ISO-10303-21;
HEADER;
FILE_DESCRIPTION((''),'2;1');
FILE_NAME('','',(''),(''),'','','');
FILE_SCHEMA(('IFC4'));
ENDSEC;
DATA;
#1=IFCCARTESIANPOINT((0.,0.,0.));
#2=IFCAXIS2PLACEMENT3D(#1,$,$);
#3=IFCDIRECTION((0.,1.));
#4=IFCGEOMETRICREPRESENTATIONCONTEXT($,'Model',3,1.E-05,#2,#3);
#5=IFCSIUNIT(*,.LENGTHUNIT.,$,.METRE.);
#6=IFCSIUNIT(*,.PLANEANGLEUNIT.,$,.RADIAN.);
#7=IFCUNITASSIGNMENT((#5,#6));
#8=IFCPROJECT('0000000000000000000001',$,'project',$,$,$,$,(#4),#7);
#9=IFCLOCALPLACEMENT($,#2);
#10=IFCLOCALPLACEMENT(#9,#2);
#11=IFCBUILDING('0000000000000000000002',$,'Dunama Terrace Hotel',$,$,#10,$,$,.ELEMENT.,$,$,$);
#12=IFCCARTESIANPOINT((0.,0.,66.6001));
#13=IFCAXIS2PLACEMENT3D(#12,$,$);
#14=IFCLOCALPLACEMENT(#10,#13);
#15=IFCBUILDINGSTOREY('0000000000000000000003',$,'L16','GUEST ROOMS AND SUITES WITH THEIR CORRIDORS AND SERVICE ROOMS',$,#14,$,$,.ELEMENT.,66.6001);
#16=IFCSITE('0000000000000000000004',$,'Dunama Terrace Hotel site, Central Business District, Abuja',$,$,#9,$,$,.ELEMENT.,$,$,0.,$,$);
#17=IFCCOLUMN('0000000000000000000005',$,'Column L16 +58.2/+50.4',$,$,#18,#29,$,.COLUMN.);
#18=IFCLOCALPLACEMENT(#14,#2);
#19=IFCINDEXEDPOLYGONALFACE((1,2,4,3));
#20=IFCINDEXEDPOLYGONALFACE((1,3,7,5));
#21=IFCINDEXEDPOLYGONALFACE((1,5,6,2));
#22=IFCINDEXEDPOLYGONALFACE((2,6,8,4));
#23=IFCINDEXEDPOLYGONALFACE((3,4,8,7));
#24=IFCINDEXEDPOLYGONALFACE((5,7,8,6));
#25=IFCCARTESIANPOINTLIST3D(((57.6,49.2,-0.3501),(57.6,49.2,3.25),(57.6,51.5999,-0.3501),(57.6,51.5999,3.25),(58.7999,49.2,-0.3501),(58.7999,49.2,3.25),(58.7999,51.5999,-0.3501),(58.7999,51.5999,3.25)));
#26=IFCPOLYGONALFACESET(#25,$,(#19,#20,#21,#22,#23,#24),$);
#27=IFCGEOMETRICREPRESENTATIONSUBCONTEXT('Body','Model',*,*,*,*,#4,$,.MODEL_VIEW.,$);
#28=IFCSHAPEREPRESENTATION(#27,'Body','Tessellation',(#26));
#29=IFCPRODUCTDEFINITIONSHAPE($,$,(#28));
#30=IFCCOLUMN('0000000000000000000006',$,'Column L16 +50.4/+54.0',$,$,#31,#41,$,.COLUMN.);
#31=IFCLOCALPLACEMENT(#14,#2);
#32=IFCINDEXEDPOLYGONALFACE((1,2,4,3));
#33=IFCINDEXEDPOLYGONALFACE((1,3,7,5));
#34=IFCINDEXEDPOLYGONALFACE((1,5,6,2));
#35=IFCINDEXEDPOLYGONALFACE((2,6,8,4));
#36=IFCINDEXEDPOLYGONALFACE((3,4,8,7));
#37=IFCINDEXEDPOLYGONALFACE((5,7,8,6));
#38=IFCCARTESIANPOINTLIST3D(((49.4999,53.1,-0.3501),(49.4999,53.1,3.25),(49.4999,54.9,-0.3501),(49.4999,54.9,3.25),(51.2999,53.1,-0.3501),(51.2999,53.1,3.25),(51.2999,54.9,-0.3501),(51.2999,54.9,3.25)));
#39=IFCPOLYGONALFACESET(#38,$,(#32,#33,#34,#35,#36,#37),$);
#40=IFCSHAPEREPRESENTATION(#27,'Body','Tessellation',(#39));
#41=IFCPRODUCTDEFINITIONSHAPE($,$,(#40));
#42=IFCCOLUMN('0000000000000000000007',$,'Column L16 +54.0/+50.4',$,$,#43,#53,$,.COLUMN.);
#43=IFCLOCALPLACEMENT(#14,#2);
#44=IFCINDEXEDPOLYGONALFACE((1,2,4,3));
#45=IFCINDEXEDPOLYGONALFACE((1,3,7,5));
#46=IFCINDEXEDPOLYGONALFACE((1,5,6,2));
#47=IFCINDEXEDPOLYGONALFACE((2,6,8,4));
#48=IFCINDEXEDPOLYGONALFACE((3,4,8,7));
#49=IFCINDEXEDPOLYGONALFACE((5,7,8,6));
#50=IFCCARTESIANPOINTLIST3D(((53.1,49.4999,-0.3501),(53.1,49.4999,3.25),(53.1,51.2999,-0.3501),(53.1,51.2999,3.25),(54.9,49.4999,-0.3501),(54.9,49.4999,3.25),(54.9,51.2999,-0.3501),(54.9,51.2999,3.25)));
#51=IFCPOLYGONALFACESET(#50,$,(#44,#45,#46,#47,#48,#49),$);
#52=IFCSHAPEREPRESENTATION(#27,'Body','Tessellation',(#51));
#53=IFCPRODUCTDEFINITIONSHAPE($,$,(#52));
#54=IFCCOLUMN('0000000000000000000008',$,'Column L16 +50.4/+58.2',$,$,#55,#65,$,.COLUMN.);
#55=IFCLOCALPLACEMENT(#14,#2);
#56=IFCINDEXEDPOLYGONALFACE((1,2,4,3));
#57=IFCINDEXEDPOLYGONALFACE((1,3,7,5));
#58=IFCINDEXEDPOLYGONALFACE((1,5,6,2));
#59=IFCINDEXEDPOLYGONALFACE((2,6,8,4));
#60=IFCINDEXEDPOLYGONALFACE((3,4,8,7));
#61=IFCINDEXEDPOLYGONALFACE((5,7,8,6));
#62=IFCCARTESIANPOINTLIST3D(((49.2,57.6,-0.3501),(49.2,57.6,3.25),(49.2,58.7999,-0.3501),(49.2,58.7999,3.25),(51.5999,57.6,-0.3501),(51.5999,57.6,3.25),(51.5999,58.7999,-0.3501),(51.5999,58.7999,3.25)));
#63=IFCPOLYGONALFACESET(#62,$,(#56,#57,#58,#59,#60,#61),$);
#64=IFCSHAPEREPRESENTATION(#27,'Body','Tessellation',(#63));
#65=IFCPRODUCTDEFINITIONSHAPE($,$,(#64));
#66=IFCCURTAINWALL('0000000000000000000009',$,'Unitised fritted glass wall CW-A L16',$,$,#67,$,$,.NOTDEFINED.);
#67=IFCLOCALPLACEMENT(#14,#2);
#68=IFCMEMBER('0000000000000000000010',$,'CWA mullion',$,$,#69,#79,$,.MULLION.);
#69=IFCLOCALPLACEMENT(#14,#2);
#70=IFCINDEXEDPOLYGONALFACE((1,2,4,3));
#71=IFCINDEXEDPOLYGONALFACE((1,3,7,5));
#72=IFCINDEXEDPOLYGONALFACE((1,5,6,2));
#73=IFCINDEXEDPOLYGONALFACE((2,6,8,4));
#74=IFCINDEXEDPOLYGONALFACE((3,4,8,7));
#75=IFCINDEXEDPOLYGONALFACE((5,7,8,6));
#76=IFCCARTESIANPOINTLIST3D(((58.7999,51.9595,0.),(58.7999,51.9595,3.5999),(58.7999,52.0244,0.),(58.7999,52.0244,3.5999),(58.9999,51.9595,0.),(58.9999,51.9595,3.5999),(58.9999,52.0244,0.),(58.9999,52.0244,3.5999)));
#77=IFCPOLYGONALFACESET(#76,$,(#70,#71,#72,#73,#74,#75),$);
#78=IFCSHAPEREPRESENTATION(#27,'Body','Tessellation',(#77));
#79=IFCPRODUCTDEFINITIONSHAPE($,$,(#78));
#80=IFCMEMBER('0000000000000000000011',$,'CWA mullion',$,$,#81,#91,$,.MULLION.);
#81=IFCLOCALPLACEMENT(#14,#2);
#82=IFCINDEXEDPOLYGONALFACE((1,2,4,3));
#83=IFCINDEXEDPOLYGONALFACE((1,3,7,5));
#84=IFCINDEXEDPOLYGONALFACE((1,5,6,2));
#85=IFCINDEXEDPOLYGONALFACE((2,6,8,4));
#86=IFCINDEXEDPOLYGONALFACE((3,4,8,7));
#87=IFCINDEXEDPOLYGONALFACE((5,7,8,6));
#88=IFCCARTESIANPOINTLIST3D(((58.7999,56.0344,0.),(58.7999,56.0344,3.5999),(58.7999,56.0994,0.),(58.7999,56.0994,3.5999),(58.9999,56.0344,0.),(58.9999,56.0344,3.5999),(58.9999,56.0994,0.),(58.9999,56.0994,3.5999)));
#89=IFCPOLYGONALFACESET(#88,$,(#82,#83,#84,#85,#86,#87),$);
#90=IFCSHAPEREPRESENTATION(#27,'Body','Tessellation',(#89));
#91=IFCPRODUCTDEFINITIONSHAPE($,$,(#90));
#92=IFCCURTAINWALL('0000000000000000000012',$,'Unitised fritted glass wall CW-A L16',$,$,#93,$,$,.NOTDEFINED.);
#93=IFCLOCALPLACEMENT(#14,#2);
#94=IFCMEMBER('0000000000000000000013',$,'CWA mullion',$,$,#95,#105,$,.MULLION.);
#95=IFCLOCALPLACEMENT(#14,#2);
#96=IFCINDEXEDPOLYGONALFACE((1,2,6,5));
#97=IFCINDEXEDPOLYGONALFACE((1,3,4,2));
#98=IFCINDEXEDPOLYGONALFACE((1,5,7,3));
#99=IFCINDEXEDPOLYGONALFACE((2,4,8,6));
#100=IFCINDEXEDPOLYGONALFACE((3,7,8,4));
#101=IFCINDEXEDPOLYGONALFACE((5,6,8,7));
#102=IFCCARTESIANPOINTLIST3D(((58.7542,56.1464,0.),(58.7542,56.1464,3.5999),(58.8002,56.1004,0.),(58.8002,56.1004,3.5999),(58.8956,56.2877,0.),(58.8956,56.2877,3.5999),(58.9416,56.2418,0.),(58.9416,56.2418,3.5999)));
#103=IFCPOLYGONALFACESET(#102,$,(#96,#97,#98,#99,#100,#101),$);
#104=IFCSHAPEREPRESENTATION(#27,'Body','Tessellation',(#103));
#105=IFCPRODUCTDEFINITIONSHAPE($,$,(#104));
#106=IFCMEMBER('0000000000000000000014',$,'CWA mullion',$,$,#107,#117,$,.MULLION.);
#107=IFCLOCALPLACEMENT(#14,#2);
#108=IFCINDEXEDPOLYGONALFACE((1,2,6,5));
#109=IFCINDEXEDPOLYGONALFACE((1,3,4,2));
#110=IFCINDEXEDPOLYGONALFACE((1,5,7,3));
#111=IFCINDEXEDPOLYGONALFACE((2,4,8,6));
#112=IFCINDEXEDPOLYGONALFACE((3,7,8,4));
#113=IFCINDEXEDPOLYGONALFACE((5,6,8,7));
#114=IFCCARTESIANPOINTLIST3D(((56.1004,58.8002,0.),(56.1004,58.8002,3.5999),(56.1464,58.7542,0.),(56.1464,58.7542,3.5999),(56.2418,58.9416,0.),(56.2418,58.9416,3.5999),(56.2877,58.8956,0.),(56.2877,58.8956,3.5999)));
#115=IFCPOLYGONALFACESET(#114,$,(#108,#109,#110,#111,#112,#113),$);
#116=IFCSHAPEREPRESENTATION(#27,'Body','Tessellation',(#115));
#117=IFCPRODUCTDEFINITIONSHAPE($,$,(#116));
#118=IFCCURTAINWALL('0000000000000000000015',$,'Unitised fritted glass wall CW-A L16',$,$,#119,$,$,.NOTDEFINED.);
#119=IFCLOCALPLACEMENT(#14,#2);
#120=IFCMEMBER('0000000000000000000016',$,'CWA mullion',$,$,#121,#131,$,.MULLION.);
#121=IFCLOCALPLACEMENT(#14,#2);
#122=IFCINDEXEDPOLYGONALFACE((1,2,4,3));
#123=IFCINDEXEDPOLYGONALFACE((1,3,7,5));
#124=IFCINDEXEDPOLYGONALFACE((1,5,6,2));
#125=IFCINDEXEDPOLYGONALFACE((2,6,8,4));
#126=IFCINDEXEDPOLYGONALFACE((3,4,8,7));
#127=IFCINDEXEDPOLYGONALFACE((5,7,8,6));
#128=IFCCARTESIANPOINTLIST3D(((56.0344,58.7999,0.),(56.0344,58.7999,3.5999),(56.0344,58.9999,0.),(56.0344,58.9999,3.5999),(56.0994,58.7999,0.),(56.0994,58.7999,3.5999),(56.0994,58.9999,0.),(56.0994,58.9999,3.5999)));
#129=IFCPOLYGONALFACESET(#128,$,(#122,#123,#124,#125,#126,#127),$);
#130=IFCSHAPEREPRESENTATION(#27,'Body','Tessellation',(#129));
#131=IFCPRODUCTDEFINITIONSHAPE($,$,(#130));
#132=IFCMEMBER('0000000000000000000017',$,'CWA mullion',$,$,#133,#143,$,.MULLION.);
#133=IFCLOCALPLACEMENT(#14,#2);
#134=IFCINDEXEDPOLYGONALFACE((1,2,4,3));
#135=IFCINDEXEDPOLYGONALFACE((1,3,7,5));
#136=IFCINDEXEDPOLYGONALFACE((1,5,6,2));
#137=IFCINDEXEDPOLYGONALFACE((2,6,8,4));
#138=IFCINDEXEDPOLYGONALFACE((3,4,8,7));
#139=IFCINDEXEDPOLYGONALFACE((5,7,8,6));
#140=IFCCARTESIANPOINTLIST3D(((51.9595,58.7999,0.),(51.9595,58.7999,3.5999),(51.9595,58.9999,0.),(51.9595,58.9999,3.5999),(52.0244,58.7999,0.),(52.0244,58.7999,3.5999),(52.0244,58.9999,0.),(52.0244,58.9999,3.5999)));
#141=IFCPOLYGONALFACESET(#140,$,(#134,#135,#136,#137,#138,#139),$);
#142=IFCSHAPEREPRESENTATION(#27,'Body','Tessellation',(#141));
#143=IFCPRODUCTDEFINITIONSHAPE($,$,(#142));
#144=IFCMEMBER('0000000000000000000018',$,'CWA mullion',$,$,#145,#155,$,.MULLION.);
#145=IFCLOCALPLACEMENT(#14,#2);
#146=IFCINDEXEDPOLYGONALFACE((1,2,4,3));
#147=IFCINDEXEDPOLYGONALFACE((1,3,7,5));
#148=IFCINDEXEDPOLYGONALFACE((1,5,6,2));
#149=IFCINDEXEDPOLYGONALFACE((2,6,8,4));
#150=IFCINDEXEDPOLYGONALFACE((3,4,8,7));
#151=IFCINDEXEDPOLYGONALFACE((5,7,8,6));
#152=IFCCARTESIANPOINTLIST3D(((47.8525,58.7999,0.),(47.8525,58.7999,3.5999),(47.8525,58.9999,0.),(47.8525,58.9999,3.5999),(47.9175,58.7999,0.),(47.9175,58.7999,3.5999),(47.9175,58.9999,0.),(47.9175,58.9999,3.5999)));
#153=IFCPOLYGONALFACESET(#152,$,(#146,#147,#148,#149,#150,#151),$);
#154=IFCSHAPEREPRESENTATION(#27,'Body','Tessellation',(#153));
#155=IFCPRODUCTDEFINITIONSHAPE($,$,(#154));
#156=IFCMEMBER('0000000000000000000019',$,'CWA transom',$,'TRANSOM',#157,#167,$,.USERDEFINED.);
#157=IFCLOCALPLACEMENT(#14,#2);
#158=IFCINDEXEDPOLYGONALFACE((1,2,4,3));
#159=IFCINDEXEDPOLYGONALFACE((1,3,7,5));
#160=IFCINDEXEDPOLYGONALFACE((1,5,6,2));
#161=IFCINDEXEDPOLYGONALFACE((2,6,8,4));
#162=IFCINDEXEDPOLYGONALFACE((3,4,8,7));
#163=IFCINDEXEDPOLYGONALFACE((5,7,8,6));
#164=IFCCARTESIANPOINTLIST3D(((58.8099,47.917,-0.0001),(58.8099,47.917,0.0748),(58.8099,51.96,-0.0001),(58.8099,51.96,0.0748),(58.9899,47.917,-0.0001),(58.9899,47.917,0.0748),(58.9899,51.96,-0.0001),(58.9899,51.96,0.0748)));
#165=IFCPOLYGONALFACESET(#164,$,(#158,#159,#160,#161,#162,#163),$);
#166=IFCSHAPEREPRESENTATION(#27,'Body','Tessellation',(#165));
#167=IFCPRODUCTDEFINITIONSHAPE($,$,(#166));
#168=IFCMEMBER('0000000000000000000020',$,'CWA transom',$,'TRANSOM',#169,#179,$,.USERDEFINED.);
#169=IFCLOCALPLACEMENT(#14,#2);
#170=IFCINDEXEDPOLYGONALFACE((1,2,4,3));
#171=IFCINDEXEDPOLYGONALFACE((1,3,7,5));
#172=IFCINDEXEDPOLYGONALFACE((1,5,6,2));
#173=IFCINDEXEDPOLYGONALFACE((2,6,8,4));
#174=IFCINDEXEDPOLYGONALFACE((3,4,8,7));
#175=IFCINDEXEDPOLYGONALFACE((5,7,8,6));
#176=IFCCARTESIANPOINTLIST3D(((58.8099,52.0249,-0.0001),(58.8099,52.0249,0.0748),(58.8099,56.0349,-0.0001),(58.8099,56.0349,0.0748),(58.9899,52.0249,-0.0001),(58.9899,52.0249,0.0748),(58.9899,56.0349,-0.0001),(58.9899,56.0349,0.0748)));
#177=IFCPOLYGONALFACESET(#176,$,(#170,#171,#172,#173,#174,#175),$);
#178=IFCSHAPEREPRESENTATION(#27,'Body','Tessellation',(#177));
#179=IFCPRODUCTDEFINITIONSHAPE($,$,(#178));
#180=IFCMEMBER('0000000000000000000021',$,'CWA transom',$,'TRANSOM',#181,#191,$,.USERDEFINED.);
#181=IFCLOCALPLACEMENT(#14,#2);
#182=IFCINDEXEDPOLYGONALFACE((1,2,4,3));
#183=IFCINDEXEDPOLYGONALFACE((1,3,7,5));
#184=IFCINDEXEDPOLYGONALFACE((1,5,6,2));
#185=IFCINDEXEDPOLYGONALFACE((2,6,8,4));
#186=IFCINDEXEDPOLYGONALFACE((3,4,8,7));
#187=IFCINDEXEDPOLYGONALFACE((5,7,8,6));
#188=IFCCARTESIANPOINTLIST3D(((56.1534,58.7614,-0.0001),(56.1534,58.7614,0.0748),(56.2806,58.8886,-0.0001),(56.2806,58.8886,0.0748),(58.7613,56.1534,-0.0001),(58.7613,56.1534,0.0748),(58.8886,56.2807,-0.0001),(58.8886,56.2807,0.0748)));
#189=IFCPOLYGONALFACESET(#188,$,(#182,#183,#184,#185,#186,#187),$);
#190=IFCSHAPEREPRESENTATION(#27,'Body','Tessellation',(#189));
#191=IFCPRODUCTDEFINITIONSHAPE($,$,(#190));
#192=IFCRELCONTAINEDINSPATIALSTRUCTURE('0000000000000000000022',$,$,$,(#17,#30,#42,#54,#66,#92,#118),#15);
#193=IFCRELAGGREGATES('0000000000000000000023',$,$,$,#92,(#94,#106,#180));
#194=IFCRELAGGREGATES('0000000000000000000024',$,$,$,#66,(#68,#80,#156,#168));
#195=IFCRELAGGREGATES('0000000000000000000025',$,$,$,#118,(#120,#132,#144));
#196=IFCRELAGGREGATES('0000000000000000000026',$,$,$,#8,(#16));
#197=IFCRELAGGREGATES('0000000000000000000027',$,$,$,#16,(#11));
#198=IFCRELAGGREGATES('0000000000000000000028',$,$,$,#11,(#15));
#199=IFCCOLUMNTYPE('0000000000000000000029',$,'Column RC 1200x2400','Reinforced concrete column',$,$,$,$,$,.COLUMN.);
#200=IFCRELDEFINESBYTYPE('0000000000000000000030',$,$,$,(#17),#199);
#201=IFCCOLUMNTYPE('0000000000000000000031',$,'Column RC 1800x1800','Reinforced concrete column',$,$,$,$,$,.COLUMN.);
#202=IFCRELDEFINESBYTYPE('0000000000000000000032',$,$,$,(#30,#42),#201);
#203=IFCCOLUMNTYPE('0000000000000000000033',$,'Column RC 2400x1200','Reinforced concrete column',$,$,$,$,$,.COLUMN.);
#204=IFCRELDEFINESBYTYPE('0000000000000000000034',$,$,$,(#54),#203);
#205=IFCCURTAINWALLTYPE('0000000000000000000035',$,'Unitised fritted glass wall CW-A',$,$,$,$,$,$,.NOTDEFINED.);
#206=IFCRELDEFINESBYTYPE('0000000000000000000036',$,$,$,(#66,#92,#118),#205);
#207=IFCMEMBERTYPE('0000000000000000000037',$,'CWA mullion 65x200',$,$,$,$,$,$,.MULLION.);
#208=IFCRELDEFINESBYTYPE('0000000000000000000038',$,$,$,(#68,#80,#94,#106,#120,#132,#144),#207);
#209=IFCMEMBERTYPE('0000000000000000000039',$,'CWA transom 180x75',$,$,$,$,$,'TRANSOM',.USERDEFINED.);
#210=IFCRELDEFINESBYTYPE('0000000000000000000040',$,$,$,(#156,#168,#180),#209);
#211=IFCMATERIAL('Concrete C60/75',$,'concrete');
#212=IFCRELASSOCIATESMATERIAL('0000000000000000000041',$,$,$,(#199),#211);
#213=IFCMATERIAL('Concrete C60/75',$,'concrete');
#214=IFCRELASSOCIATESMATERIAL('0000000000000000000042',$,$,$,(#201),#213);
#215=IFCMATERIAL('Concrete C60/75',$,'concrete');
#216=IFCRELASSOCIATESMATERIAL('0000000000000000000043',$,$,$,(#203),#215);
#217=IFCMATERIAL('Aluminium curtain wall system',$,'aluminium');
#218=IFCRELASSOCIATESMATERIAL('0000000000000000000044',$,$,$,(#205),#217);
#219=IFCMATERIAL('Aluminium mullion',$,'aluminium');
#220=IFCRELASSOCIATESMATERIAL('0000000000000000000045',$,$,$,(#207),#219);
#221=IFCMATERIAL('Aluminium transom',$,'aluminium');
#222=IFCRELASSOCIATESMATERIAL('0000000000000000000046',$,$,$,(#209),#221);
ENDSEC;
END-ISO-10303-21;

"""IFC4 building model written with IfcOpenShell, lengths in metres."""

from ifc_helpers import new_model, si_unit, direction, frame, origin, origin_2d, place, context, subcontext, project, spatial, rectangle, extrude, material, material_profile, profile_set, type_object, element, aggregate, save


model = new_model("IFC4")

# Units and contexts
model_context = context("Model", 3, precision=1e-05, world=origin(), true_north=direction((0.0, 1.0)))
body_context = subcontext(model_context, "Body", "Model", "MODEL_VIEW")
ifc_project = project(units=[si_unit("LENGTHUNIT", "METRE"), si_unit("PLANEANGLEUNIT", "RADIAN")], contexts=[model_context])

# Site, building, storey
site_placement = place(None, origin())
site = spatial("IfcSite", under=ifc_project, at=site_placement, Name="Dunama Terrace Hotel site, Central Business District, Abuja", CompositionType="ELEMENT", RefElevation=0.0)
building_placement = place(site_placement, origin())
building = spatial("IfcBuilding", under=site, at=building_placement, Name="Dunama Terrace Hotel", CompositionType="ELEMENT")
storey_placement = place(building_placement, frame((0.0, 0.0, 66.6001)))
storey = spatial("IfcBuildingStorey", under=building, at=storey_placement, Name="L16", Description="GUEST ROOMS AND SUITES WITH THEIR CORRIDORS AND SERVICE ROOMS", CompositionType="ELEMENT", Elevation=66.6001)

# Columns
ifc_material_1 = material(Name="Concrete C60/75", Category="concrete")
ifc_material_profile_1 = material_profile(ifc_material_1, rectangle(XDim=1.2, YDim=2.3999, at=origin_2d()), Name="RC 1200x2400")
ifc_profile_set_1 = profile_set([ifc_material_profile_1], Name="Concrete C60/75")
column_type_1 = type_object("IfcColumnType", Name="Column RC 1200x2400", Description="Reinforced concrete column", PredefinedType="COLUMN", material=ifc_profile_set_1)
column_1_placement = place(storey_placement, frame((58.2, 50.3999, -0.3501), z_axis=(0.0, 0.0, 1.0), x_axis=(1.0, 0.0, 0.0)))
element("IfcColumn", 1, at=column_1_placement, inside=storey, type_object=column_type_1, Name="Column L16 +58.2/+50.4", PredefinedType="COLUMN", context=body_context, shape_type="SweptSolid", body=[
    extrude(rectangle(XDim=1.2, YDim=2.3999, at=origin_2d()), origin(), (0.0, 0.0, 1.0), 3.6001),
])
ifc_material_2 = material(Name="Concrete C60/75", Category="concrete")
ifc_material_profile_2 = material_profile(ifc_material_2, rectangle(XDim=1.8, YDim=1.8, at=origin_2d()), Name="RC 1800x1800")
ifc_profile_set_2 = profile_set([ifc_material_profile_2], Name="Concrete C60/75")
column_type_2 = type_object("IfcColumnType", Name="Column RC 1800x1800", Description="Reinforced concrete column", PredefinedType="COLUMN", material=ifc_profile_set_2)
for number, where, z_axis, x_axis, name in (
    (2, (50.3999, 54.0, -0.3501), (0.0, 0.0, 1.0), (1.0, 0.0, 0.0), "Column L16 +50.4/+54.0"),
    (3, (54.0, 50.3999, -0.3501), (0.0, 0.0, 1.0), (1.0, 0.0, 0.0), "Column L16 +54.0/+50.4"),
):
    element("IfcColumn", number, at=place(storey_placement, frame(where, z_axis=z_axis, x_axis=x_axis)), inside=storey, type_object=column_type_2, Name=name, PredefinedType="COLUMN", context=body_context, shape_type="SweptSolid", body=[
        extrude(rectangle(XDim=1.8, YDim=1.8, at=origin_2d()), origin(), (0.0, 0.0, 1.0), 3.6001),
    ])
ifc_material_3 = material(Name="Concrete C60/75", Category="concrete")
ifc_material_profile_3 = material_profile(ifc_material_3, rectangle(XDim=2.3999, YDim=1.2, at=origin_2d()), Name="RC 2400x1200")
ifc_profile_set_3 = profile_set([ifc_material_profile_3], Name="Concrete C60/75")
column_type_3 = type_object("IfcColumnType", Name="Column RC 2400x1200", Description="Reinforced concrete column", PredefinedType="COLUMN", material=ifc_profile_set_3)
column_2_placement = place(storey_placement, frame((50.3999, 58.2, -0.3501), z_axis=(0.0, 0.0, 1.0), x_axis=(1.0, 0.0, 0.0)))
element("IfcColumn", 4, at=column_2_placement, inside=storey, type_object=column_type_3, Name="Column L16 +50.4/+58.2", PredefinedType="COLUMN", context=body_context, shape_type="SweptSolid", body=[
    extrude(rectangle(XDim=2.3999, YDim=1.2, at=origin_2d()), origin(), (0.0, 0.0, 1.0), 3.6001),
])

# Curtain walls, members
ifc_material_4 = material(Name="Aluminium curtain wall system", Category="aluminium")
curtain_wall_type = type_object("IfcCurtainWallType", Name="Unitised fritted glass wall CW-A", PredefinedType="NOTDEFINED", material=ifc_material_4)
curtain_wall_1_placement = place(storey_placement, origin())
curtain_wall_1 = element("IfcCurtainWall", 5, at=curtain_wall_1_placement, inside=storey, type_object=curtain_wall_type, Name="Unitised fritted glass wall CW-A L16", PredefinedType="NOTDEFINED")
ifc_material_5 = material(Name="Aluminium mullion", Category="aluminium")
ifc_material_profile_4 = material_profile(ifc_material_5, rectangle(XDim=0.0649, YDim=0.2, at=origin_2d()), Name="CWA MULLION 65X200")
ifc_profile_set_4 = profile_set([ifc_material_profile_4], Name="Aluminium mullion")
member_type_1 = type_object("IfcMemberType", Name="CWA mullion 65x200", PredefinedType="MULLION", material=ifc_profile_set_4)
member_1_placement = place(storey_placement, frame((58.8999, 51.9919, 0.0), z_axis=(0.0, 0.0, 1.0), x_axis=(0.0, 1.0, 0.0)))
member_1 = element("IfcMember", 6, at=member_1_placement, type_object=member_type_1, Name="CWA mullion", PredefinedType="MULLION", context=body_context, shape_type="SweptSolid", body=[
    extrude(rectangle(XDim=0.0649, YDim=0.2, at=origin_2d()), origin(), (0.0, 0.0, 1.0), 3.5999),
])
member_2_placement = place(storey_placement, frame((58.8999, 56.0669, 0.0), z_axis=(0.0, 0.0, 1.0), x_axis=(0.0, 1.0, 0.0)))
member_2 = element("IfcMember", 7, at=member_2_placement, type_object=member_type_1, Name="CWA mullion", PredefinedType="MULLION", context=body_context, shape_type="SweptSolid", body=[
    extrude(rectangle(XDim=0.0649, YDim=0.2, at=origin_2d()), origin(), (0.0, 0.0, 1.0), 3.5999),
])
curtain_wall_2_placement = place(storey_placement, origin())
curtain_wall_2 = element("IfcCurtainWall", 8, at=curtain_wall_2_placement, inside=storey, type_object=curtain_wall_type, Name="Unitised fritted glass wall CW-A L16", PredefinedType="NOTDEFINED")
member_3_placement = place(storey_placement, frame((58.8479, 56.1941, 0.0), z_axis=(0.0, 0.0, 1.0), x_axis=(-0.707107, 0.707107, 0.0)))
member_3 = element("IfcMember", 9, at=member_3_placement, type_object=member_type_1, Name="CWA mullion", PredefinedType="MULLION", context=body_context, shape_type="SweptSolid", body=[
    extrude(rectangle(XDim=0.0649, YDim=0.2, at=origin_2d()), origin(), (0.0, 0.0, 1.0), 3.5999),
])
member_4_placement = place(storey_placement, frame((56.1941, 58.8479, 0.0), z_axis=(0.0, 0.0, 1.0), x_axis=(-0.707107, 0.707107, 0.0)))
member_4 = element("IfcMember", 10, at=member_4_placement, type_object=member_type_1, Name="CWA mullion", PredefinedType="MULLION", context=body_context, shape_type="SweptSolid", body=[
    extrude(rectangle(XDim=0.0649, YDim=0.2, at=origin_2d()), origin(), (0.0, 0.0, 1.0), 3.5999),
])
curtain_wall_3_placement = place(storey_placement, origin())
curtain_wall_3 = element("IfcCurtainWall", 11, at=curtain_wall_3_placement, inside=storey, type_object=curtain_wall_type, Name="Unitised fritted glass wall CW-A L16", PredefinedType="NOTDEFINED")
member_5_placement = place(storey_placement, frame((56.0669, 58.8999, 0.0), z_axis=(0.0, 0.0, 1.0), x_axis=(-1.0, 0.0, 0.0)))
member_5 = element("IfcMember", 12, at=member_5_placement, type_object=member_type_1, Name="CWA mullion", PredefinedType="MULLION", context=body_context, shape_type="SweptSolid", body=[
    extrude(rectangle(XDim=0.0649, YDim=0.2, at=origin_2d()), origin(), (0.0, 0.0, 1.0), 3.5999),
])
member_6_placement = place(storey_placement, frame((51.9919, 58.8999, 0.0), z_axis=(0.0, 0.0, 1.0), x_axis=(-1.0, 0.0, 0.0)))
member_6 = element("IfcMember", 13, at=member_6_placement, type_object=member_type_1, Name="CWA mullion", PredefinedType="MULLION", context=body_context, shape_type="SweptSolid", body=[
    extrude(rectangle(XDim=0.0649, YDim=0.2, at=origin_2d()), origin(), (0.0, 0.0, 1.0), 3.5999),
])
member_7_placement = place(storey_placement, frame((47.885, 58.8999, 0.0), z_axis=(0.0, 0.0, 1.0), x_axis=(-1.0, 0.0, 0.0)))
member_7 = element("IfcMember", 14, at=member_7_placement, type_object=member_type_1, Name="CWA mullion", PredefinedType="MULLION", context=body_context, shape_type="SweptSolid", body=[
    extrude(rectangle(XDim=0.0649, YDim=0.2, at=origin_2d()), origin(), (0.0, 0.0, 1.0), 3.5999),
])

# Members
ifc_material_6 = material(Name="Aluminium transom", Category="aluminium")
ifc_material_profile_5 = material_profile(ifc_material_6, rectangle(XDim=0.1799, YDim=0.075, at=origin_2d()), Name="CWA TRANSOM 180X75")
ifc_profile_set_5 = profile_set([ifc_material_profile_5], Name="Aluminium transom")
member_type_2 = type_object("IfcMemberType", Name="CWA transom 180x75", ElementType="TRANSOM", PredefinedType="USERDEFINED", material=ifc_profile_set_5)
member_8_placement = place(storey_placement, frame((58.8999, 47.917, 0.0374), z_axis=(0.0, 1.0, 0.0), x_axis=(-1.0, 0.0, 0.0)))
member_8 = element("IfcMember", 15, at=member_8_placement, type_object=member_type_2, Name="CWA transom", ObjectType="TRANSOM", PredefinedType="USERDEFINED", context=body_context, shape_type="SweptSolid", body=[
    extrude(rectangle(XDim=0.1799, YDim=0.075, at=origin_2d()), origin(), (0.0, 0.0, 1.0), 4.043),
])
member_9_placement = place(storey_placement, frame((58.8999, 52.0249, 0.0374), z_axis=(0.0, 1.0, 0.0), x_axis=(-1.0, 0.0, 0.0)))
member_9 = element("IfcMember", 16, at=member_9_placement, type_object=member_type_2, Name="CWA transom", ObjectType="TRANSOM", PredefinedType="USERDEFINED", context=body_context, shape_type="SweptSolid", body=[
    extrude(rectangle(XDim=0.1799, YDim=0.075, at=origin_2d()), origin(), (0.0, 0.0, 1.0), 4.01),
])
member_10_placement = place(storey_placement, frame((58.825, 56.217, 0.0374), z_axis=(-0.707107, 0.707107, 0.0), x_axis=(-0.707107, -0.707107, 0.0)))
member_10 = element("IfcMember", 17, at=member_10_placement, type_object=member_type_2, Name="CWA transom", ObjectType="TRANSOM", PredefinedType="USERDEFINED", context=body_context, shape_type="SweptSolid", body=[
    extrude(rectangle(XDim=0.1799, YDim=0.075, at=origin_2d()), origin(), (0.0, 0.0, 1.0), 3.6882),
])

aggregate(curtain_wall_2, [member_3, member_4, member_10])
aggregate(curtain_wall_1, [member_1, member_2, member_8, member_9])
aggregate(curtain_wall_3, [member_5, member_6, member_7])

save(model, "model.ifc")
